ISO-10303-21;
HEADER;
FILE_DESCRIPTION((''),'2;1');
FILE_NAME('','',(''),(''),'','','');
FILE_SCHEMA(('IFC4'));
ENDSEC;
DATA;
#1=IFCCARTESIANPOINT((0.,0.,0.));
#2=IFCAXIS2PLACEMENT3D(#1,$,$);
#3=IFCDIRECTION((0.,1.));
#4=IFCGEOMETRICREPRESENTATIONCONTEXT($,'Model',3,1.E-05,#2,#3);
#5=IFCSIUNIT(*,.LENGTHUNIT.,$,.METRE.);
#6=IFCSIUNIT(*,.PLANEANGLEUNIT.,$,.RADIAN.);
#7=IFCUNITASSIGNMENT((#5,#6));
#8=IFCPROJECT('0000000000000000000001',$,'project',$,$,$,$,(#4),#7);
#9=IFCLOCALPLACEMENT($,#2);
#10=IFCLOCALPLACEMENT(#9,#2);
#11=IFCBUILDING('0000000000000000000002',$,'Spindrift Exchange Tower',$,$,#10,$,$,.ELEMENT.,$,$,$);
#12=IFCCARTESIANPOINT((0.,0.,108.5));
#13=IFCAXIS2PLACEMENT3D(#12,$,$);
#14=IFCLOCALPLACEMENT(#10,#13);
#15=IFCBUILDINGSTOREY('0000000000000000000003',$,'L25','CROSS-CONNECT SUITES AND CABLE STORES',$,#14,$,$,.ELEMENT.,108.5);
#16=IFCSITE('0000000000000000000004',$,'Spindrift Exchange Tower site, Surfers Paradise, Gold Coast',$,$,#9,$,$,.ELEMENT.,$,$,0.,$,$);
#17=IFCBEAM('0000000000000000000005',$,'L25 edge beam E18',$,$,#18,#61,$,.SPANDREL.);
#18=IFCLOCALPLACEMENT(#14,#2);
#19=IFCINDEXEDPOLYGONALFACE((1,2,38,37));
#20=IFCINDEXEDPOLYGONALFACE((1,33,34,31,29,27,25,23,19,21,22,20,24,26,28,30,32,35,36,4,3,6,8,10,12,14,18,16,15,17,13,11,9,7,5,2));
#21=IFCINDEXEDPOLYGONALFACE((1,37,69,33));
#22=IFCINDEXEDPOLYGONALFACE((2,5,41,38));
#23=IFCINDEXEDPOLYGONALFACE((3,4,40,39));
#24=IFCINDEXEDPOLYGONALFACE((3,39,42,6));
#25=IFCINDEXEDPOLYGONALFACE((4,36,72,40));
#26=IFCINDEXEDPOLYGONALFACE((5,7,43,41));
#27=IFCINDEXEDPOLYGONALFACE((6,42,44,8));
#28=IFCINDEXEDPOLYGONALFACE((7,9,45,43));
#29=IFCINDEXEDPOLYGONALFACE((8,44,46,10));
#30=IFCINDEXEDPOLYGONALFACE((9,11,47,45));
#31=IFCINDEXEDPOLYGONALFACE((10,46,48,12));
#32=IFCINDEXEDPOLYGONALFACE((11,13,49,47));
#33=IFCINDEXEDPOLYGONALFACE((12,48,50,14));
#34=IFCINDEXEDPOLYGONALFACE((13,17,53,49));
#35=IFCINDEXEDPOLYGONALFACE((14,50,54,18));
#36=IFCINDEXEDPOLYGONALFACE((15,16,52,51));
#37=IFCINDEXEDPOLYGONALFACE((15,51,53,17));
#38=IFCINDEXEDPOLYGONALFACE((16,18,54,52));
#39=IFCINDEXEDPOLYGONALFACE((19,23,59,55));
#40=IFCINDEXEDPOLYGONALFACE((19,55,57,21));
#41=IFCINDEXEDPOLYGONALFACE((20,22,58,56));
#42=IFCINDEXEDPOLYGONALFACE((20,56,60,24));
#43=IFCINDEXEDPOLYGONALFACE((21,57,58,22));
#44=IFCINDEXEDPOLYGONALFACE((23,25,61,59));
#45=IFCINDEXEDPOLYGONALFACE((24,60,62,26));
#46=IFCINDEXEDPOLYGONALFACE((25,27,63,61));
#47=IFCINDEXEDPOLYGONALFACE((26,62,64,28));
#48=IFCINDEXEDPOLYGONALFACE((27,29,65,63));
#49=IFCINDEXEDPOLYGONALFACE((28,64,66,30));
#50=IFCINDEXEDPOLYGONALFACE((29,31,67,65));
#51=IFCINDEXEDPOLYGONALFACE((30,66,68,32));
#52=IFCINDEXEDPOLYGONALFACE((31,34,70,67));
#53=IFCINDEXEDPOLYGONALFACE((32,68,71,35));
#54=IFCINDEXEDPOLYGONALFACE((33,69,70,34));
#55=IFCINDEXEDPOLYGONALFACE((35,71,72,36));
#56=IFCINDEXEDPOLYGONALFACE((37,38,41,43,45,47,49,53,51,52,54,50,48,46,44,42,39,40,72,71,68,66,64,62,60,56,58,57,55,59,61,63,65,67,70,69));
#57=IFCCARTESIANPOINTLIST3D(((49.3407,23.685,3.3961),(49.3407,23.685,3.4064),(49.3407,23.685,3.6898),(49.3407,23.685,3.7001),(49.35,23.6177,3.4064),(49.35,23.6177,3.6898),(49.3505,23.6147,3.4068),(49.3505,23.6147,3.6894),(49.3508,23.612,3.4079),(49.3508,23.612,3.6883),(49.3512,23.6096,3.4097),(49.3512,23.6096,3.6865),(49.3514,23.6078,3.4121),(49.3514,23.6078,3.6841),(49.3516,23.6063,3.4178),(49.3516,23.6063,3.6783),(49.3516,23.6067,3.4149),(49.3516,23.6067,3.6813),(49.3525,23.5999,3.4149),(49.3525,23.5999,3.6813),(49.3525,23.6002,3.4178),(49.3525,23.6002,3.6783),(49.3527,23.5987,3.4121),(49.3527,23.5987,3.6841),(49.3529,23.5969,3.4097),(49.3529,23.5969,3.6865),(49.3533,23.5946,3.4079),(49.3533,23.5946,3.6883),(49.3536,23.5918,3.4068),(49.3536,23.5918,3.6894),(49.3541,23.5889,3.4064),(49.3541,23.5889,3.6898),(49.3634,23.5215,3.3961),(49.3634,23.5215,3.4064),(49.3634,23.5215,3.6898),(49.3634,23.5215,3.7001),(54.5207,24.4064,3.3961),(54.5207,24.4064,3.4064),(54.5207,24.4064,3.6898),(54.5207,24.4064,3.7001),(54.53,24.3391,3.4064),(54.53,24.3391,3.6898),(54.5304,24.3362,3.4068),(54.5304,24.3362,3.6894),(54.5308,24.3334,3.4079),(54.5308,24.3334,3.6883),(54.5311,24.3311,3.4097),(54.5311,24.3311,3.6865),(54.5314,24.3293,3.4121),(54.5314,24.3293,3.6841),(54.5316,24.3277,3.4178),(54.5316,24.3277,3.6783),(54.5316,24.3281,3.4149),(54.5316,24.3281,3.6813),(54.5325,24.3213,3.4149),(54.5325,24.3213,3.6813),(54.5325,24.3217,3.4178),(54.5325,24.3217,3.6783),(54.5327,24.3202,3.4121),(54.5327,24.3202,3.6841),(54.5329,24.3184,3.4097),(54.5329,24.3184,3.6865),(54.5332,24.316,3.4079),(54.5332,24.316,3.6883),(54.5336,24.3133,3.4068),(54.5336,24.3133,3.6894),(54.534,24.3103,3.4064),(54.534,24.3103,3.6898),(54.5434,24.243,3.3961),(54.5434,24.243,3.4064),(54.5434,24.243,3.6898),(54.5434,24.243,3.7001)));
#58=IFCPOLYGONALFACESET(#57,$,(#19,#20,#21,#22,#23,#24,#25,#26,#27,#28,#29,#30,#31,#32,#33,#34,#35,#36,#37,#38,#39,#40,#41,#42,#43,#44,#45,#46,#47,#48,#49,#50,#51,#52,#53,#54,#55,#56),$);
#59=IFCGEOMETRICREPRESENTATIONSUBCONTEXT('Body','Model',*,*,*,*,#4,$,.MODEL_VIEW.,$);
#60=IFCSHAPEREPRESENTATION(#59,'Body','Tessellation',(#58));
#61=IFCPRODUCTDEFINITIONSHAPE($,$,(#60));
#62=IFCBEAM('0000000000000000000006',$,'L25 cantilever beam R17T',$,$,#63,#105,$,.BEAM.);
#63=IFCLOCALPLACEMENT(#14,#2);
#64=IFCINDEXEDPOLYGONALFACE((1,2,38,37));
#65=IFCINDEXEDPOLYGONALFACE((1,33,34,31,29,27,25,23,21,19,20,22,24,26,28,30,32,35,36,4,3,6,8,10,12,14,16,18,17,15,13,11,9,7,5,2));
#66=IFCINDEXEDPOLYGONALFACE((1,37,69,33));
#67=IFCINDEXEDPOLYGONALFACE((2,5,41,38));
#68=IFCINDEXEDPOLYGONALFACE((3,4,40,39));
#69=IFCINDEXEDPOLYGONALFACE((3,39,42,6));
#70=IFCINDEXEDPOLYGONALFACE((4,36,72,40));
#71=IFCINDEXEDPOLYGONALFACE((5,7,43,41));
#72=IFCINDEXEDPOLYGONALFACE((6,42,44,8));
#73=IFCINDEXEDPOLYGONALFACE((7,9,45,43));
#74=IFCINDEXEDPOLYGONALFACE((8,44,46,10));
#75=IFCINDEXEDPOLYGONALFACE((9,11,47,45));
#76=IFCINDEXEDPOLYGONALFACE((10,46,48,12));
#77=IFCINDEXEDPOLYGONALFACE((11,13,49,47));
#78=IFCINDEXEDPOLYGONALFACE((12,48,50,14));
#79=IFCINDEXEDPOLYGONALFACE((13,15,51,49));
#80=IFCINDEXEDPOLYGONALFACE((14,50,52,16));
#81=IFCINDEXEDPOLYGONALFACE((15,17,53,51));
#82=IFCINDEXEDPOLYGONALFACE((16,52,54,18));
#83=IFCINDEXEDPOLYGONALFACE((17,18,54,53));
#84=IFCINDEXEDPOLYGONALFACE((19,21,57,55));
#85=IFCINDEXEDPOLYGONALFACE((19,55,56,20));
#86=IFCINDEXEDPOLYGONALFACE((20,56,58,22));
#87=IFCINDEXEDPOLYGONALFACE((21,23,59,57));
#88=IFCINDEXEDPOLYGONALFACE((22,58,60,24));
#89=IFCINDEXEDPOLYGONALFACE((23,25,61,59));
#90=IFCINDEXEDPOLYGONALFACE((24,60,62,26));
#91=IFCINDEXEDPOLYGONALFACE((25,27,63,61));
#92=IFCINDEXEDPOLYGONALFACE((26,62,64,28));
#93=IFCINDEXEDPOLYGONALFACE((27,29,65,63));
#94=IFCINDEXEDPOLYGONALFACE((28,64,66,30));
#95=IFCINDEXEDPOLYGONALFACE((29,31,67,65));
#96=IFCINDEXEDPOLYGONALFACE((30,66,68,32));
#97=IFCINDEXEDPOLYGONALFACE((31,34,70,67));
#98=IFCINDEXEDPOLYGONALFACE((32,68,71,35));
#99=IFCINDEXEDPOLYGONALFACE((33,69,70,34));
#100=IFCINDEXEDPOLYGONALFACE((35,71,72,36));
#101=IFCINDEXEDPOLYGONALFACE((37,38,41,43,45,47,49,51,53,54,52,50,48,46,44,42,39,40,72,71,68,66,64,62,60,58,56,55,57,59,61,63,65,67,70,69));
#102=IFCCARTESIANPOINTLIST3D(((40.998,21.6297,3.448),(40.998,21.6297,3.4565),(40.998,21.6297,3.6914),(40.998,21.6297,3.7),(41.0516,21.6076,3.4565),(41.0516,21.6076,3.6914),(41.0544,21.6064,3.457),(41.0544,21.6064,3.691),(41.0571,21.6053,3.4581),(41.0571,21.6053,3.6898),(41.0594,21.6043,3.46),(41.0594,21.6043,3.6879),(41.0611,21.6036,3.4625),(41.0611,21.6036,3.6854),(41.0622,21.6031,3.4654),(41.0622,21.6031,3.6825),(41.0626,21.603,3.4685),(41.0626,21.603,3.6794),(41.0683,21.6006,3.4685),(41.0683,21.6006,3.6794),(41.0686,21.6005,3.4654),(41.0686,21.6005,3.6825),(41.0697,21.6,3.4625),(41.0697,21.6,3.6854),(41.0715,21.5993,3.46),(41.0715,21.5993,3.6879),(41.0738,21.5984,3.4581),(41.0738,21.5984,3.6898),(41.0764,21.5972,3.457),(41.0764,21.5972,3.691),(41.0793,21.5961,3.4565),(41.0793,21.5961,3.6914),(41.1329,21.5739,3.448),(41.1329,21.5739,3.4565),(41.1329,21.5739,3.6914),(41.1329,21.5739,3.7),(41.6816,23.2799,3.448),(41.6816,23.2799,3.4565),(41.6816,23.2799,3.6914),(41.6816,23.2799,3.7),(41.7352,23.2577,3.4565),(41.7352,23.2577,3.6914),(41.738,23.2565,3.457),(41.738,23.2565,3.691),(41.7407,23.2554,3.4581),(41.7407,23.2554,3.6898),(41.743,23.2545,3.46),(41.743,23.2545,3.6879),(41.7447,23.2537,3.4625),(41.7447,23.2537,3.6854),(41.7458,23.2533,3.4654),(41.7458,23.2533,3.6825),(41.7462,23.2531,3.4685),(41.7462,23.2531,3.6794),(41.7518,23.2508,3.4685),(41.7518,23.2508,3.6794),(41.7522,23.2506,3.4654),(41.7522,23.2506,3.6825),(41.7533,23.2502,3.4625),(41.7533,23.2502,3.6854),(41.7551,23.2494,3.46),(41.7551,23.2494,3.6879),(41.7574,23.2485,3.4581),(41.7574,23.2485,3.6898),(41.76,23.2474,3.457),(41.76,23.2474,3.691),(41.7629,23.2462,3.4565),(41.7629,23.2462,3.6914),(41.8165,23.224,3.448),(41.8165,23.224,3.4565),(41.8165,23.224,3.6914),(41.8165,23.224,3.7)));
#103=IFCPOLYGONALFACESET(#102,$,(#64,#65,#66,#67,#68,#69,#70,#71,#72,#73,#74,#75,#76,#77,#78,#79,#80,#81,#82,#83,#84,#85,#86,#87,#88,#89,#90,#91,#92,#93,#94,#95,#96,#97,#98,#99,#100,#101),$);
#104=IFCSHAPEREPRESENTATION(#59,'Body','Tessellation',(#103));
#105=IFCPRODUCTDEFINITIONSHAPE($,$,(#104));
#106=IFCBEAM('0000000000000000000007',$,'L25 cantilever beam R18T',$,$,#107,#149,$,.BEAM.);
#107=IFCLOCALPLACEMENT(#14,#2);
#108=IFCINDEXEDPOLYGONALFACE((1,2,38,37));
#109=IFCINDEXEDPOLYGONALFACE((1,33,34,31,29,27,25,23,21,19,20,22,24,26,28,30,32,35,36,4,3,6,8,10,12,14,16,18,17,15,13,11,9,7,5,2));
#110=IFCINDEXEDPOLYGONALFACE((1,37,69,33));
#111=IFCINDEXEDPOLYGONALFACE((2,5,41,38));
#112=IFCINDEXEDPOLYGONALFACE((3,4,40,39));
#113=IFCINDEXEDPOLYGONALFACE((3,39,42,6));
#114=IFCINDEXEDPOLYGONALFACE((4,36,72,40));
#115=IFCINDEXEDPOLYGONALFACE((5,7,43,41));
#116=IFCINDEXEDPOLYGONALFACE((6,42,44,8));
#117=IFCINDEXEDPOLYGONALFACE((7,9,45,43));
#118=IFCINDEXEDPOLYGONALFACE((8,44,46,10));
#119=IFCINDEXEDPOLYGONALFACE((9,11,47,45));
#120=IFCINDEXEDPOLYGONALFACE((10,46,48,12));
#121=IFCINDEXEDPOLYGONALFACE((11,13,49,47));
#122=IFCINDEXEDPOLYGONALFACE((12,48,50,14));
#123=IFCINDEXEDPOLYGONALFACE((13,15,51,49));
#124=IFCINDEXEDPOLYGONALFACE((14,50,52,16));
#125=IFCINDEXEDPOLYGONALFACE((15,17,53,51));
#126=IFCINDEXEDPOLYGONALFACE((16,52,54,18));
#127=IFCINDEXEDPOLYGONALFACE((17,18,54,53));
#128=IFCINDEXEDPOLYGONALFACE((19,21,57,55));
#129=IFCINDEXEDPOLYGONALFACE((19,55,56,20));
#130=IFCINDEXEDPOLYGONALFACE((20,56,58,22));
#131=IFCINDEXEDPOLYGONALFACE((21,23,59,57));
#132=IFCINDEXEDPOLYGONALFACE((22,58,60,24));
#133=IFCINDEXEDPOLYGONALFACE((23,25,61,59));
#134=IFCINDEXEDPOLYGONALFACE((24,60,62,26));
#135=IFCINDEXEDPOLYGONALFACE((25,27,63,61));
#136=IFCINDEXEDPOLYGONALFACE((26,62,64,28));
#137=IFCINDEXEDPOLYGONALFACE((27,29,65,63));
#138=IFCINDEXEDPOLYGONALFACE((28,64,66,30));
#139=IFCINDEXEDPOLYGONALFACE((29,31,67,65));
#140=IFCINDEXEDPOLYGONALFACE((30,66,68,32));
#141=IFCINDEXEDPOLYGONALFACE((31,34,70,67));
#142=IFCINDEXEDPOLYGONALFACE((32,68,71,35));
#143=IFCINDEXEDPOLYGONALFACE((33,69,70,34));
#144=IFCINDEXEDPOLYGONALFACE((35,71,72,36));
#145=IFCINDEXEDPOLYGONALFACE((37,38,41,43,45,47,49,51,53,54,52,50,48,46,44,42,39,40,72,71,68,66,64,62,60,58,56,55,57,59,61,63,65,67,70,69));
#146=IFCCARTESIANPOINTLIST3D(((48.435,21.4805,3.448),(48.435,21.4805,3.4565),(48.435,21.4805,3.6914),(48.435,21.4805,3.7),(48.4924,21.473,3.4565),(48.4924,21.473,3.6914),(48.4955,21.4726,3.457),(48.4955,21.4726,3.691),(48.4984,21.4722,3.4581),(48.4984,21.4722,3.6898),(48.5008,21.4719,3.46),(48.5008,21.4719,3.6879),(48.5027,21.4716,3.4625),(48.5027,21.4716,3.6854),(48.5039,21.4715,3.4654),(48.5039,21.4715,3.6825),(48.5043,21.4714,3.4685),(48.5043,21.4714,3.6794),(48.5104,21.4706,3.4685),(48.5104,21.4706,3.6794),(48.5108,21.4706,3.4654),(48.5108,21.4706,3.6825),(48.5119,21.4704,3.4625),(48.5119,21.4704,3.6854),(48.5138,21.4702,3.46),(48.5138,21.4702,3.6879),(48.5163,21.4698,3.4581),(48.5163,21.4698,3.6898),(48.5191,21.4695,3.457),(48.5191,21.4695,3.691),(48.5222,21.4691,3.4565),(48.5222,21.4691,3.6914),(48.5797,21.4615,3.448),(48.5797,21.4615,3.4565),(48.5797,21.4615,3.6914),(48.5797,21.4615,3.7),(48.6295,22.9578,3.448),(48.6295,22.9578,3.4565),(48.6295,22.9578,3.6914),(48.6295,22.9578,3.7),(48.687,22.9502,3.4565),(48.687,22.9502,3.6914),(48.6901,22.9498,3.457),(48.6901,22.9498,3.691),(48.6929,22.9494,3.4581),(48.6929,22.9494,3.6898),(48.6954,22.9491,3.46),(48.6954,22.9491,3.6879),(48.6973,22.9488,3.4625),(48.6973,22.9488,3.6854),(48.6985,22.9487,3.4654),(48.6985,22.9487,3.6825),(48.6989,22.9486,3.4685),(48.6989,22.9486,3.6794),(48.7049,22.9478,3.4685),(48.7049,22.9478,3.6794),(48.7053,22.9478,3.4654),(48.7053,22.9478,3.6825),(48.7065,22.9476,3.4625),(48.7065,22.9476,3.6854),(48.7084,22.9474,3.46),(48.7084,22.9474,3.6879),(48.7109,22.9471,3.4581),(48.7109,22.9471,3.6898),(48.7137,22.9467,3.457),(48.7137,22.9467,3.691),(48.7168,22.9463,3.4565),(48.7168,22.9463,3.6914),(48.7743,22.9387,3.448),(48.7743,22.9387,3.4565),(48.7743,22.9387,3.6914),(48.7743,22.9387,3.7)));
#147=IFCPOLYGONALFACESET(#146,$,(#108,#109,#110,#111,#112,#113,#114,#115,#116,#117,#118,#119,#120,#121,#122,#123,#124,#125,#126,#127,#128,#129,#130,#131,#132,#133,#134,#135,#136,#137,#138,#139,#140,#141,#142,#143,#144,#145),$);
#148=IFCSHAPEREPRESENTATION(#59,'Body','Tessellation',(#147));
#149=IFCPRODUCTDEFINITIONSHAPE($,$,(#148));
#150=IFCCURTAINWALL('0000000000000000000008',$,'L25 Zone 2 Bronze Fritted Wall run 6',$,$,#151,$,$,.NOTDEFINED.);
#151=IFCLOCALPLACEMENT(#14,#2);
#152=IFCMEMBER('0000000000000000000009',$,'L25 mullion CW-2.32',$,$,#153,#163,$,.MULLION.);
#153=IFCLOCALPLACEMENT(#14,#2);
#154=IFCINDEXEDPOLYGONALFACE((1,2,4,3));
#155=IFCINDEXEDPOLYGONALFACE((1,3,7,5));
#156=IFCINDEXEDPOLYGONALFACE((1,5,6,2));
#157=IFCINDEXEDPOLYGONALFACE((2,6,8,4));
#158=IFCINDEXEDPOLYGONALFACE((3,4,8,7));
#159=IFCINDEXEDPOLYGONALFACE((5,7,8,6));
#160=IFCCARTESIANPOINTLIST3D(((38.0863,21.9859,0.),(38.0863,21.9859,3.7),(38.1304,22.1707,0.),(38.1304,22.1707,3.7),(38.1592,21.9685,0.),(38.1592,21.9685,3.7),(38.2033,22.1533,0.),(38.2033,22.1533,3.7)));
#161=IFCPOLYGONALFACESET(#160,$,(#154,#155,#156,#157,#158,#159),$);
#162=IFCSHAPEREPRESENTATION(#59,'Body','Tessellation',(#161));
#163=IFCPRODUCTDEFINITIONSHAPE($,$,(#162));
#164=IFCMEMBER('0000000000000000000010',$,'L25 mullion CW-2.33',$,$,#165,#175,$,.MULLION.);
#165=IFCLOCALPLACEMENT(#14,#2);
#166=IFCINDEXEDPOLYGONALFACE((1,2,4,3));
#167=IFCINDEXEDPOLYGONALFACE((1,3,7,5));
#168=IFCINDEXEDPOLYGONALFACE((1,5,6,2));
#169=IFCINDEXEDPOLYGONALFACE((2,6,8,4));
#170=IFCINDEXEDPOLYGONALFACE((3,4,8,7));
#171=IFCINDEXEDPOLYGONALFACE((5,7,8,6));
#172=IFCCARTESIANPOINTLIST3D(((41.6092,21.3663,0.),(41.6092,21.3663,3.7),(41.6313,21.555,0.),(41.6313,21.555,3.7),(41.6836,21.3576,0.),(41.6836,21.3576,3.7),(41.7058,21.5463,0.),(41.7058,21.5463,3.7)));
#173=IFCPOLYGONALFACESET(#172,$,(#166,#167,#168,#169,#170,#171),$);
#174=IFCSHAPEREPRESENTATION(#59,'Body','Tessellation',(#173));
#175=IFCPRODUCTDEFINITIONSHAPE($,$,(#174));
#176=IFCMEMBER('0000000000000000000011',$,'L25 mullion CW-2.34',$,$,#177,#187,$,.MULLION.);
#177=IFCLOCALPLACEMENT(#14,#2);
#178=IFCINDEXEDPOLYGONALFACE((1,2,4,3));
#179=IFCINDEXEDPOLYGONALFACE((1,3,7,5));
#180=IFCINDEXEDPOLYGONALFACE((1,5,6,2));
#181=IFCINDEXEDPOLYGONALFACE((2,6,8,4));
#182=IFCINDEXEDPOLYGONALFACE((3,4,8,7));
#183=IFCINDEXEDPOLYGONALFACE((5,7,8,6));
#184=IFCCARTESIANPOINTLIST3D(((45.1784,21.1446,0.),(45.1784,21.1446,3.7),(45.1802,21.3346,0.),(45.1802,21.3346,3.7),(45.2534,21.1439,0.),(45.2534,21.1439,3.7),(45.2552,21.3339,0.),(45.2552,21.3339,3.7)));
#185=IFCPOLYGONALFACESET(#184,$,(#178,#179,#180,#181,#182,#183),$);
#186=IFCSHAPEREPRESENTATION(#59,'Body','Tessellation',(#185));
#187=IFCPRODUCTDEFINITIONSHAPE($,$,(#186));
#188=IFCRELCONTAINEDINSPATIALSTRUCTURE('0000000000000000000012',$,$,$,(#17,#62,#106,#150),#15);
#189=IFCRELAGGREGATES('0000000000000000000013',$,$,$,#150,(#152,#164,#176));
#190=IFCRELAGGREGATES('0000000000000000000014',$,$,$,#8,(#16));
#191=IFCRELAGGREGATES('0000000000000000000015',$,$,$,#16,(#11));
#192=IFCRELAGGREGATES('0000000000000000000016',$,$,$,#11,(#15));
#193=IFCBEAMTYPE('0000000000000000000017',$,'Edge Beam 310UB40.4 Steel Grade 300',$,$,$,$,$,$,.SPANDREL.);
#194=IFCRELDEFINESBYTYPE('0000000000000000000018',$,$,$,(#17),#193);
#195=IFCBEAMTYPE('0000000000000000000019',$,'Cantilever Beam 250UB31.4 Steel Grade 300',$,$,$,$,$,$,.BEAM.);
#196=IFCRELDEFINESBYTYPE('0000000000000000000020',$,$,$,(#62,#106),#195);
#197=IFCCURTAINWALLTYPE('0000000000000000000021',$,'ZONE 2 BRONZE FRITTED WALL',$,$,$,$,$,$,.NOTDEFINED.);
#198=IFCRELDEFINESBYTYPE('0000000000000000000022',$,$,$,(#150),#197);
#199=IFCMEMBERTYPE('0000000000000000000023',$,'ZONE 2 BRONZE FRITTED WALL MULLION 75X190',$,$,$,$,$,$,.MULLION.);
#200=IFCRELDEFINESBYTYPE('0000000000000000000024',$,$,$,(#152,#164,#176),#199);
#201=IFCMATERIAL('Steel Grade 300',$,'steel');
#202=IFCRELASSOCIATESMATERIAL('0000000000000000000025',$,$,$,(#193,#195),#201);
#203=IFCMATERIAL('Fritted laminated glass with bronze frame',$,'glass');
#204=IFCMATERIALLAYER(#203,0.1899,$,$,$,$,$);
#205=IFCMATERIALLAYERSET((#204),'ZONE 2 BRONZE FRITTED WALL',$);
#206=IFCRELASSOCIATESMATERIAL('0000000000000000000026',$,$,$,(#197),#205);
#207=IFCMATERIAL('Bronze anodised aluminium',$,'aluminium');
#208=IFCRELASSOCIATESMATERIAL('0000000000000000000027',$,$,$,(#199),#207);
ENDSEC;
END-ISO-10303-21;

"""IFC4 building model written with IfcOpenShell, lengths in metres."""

from ifc_helpers import new_model, si_unit, direction, frame, origin, origin_2d, place, context, subcontext, project, spatial, rectangle, i_section, extrude, source, transform, mapped, material, layer, layer_set, material_profile, profile_set, type_object, element, aggregate, save


model = new_model("IFC4")

# Units and contexts
model_context = context("Model", 3, precision=1e-05, world=origin(), true_north=direction((0.0, 1.0)))
body_context = subcontext(model_context, "Body", "Model", "MODEL_VIEW")
ifc_project = project(units=[si_unit("LENGTHUNIT", "METRE"), si_unit("PLANEANGLEUNIT", "RADIAN")], contexts=[model_context])

# Site, building, storey
site_placement = place(None, origin())
site = spatial("IfcSite", under=ifc_project, at=site_placement, Name="Spindrift Exchange Tower site, Surfers Paradise, Gold Coast", CompositionType="ELEMENT", RefElevation=0.0)
building_placement = place(site_placement, origin())
building = spatial("IfcBuilding", under=site, at=building_placement, Name="Spindrift Exchange Tower", CompositionType="ELEMENT")
storey_placement = place(building_placement, frame((0.0, 0.0, 108.5)))
storey = spatial("IfcBuildingStorey", under=building, at=storey_placement, Name="L25", Description="CROSS-CONNECT SUITES AND CABLE STORES", CompositionType="ELEMENT", Elevation=108.5)

# Beams
ifc_material_1 = material(Name="Steel Grade 300", Category="steel")
ifc_material_profile_1 = material_profile(ifc_material_1, i_section(OverallWidth=0.165, OverallDepth=0.304, WebThickness=0.0061, FlangeThickness=0.0103, FilletRadius=0.0115, at=origin_2d()), Name="310UB40.4")
ifc_profile_set_1 = profile_set([ifc_material_profile_1], Name="Steel Grade 300")
beam_type_1 = type_object("IfcBeamType", Name="Edge Beam 310UB40.4 Steel Grade 300", PredefinedType="SPANDREL", material=ifc_profile_set_1)
shared_shape_1 = source(origin(), body_context, "Body", "SweptSolid", [
    extrude(i_section(OverallWidth=0.165, OverallDepth=0.304, WebThickness=0.0061, FlangeThickness=0.0103, FilletRadius=0.0115, at=origin_2d()), origin(), (0.0, 0.0, 1.0), 5.23),
])
beam_1_placement = place(storey_placement, frame((49.3521, 23.6033, 3.5481), z_axis=(0.99044, 0.137944, 0.0), x_axis=(-0.137944, 0.99044, 0.0)))
element("IfcBeam", 1, at=beam_1_placement, inside=storey, type_object=beam_type_1, Name="L25 edge beam E18", PredefinedType="SPANDREL", context=body_context, shape_type="MappedRepresentation", body=[
    mapped(shared_shape_1, transform((0.0, 0.0, 0.0), scale=1.0)),
])
ifc_material_profile_2 = material_profile(ifc_material_1, i_section(OverallWidth=0.146, OverallDepth=0.252, WebThickness=0.0061, FlangeThickness=0.0085, FilletRadius=0.012, at=origin_2d()), Name="250UB31.4")
ifc_profile_set_2 = profile_set([ifc_material_profile_2], Name="Steel Grade 300")
beam_type_2 = type_object("IfcBeamType", Name="Cantilever Beam 250UB31.4 Steel Grade 300", PredefinedType="BEAM", material=ifc_profile_set_2)
shared_shape_2 = source(origin(), body_context, "Body", "SweptSolid", [
    extrude(i_section(OverallWidth=0.146, OverallDepth=0.252, WebThickness=0.0061, FlangeThickness=0.0085, FilletRadius=0.012, at=origin_2d()), origin(), (0.0, 0.0, 1.0), 1.7861),
])
beam_2_placement = place(storey_placement, frame((41.749, 23.252, 3.574), z_axis=(-0.382722, -0.923864, 0.0), x_axis=(0.923864, -0.382722, 0.0)))
element("IfcBeam", 2, at=beam_2_placement, inside=storey, type_object=beam_type_2, Name="L25 cantilever beam R17T", PredefinedType="BEAM", context=body_context, shape_type="MappedRepresentation", body=[
    mapped(shared_shape_2, transform((0.0, 0.0, 0.0), scale=1.0)),
])
shared_shape_3 = source(origin(), body_context, "Body", "SweptSolid", [
    extrude(i_section(OverallWidth=0.146, OverallDepth=0.252, WebThickness=0.0061, FlangeThickness=0.0085, FilletRadius=0.012, at=origin_2d()), origin(), (0.0, 0.0, 1.0), 1.49),
])
beam_3_placement = place(storey_placement, frame((48.7019, 22.9482, 3.574), z_axis=(-0.130586, -0.991437, 0.0), x_axis=(0.991437, -0.130586, 0.0)))
element("IfcBeam", 3, at=beam_3_placement, inside=storey, type_object=beam_type_2, Name="L25 cantilever beam R18T", PredefinedType="BEAM", context=body_context, shape_type="MappedRepresentation", body=[
    mapped(shared_shape_3, transform((0.0, 0.0, 0.0), scale=1.0)),
])

# Curtain wall, members
ifc_material_2 = material(Name="Fritted laminated glass with bronze frame", Category="glass")
ifc_layer_1 = layer(ifc_material_2, 0.1899)
ifc_layer_set_1 = layer_set([ifc_layer_1], Name="ZONE 2 BRONZE FRITTED WALL")
curtain_wall_type = type_object("IfcCurtainWallType", Name="ZONE 2 BRONZE FRITTED WALL", PredefinedType="NOTDEFINED", material=ifc_layer_set_1)
curtain_wall_placement = place(storey_placement, origin())
curtain_wall = element("IfcCurtainWall", 4, at=curtain_wall_placement, inside=storey, type_object=curtain_wall_type, Name="L25 Zone 2 Bronze Fritted Wall run 6", PredefinedType="NOTDEFINED")
ifc_material_3 = material(Name="Bronze anodised aluminium", Category="aluminium")
ifc_material_profile_3 = material_profile(ifc_material_3, rectangle(XDim=0.075, YDim=0.1899, at=origin_2d()), Name="ZONE 2 BRONZE FRITTED WALL MULLION 75X190")
ifc_profile_set_3 = profile_set([ifc_material_profile_3], Name="Bronze anodised aluminium")
member_type_1 = type_object("IfcMemberType", Name="ZONE 2 BRONZE FRITTED WALL MULLION 75X190", PredefinedType="MULLION", material=ifc_profile_set_3)
shared_shape_4 = source(origin(), body_context, "Body", "SweptSolid", [
    extrude(rectangle(XDim=0.075, YDim=0.1899, at=origin_2d()), origin(), (0.0, 0.0, 1.0), 3.7),
])
member_1_placement = place(storey_placement, frame((38.1448, 22.0696, 0.0), z_axis=(0.0, 0.0, 1.0), x_axis=(0.972694, -0.232092, 0.0)))
member_1 = element("IfcMember", 5, at=member_1_placement, type_object=member_type_1, Name="L25 mullion CW-2.32", PredefinedType="MULLION", context=body_context, shape_type="MappedRepresentation", body=[
    mapped(shared_shape_4, transform((0.0, 0.0, 0.0), scale=1.0)),
])
member_2_placement = place(storey_placement, frame((41.6575, 21.4563, 0.0), z_axis=(0.0, 0.0, 1.0), x_axis=(0.993178, -0.116608, 0.0)))
member_2 = element("IfcMember", 6, at=member_2_placement, type_object=member_type_1, Name="L25 mullion CW-2.33", PredefinedType="MULLION", context=body_context, shape_type="MappedRepresentation", body=[
    mapped(shared_shape_4, transform((0.0, 0.0, 0.0), scale=1.0)),
])
member_3_placement = place(storey_placement, frame((45.2168, 21.2393, 0.0), z_axis=(0.0, 0.0, 1.0), x_axis=(0.999956, -0.009352, 0.0)))
member_3 = element("IfcMember", 7, at=member_3_placement, type_object=member_type_1, Name="L25 mullion CW-2.34", PredefinedType="MULLION", context=body_context, shape_type="MappedRepresentation", body=[
    mapped(shared_shape_4, transform((0.0, 0.0, 0.0), scale=1.0)),
])
aggregate(curtain_wall, [member_1, member_2, member_3])

save(model, "model.ifc")
